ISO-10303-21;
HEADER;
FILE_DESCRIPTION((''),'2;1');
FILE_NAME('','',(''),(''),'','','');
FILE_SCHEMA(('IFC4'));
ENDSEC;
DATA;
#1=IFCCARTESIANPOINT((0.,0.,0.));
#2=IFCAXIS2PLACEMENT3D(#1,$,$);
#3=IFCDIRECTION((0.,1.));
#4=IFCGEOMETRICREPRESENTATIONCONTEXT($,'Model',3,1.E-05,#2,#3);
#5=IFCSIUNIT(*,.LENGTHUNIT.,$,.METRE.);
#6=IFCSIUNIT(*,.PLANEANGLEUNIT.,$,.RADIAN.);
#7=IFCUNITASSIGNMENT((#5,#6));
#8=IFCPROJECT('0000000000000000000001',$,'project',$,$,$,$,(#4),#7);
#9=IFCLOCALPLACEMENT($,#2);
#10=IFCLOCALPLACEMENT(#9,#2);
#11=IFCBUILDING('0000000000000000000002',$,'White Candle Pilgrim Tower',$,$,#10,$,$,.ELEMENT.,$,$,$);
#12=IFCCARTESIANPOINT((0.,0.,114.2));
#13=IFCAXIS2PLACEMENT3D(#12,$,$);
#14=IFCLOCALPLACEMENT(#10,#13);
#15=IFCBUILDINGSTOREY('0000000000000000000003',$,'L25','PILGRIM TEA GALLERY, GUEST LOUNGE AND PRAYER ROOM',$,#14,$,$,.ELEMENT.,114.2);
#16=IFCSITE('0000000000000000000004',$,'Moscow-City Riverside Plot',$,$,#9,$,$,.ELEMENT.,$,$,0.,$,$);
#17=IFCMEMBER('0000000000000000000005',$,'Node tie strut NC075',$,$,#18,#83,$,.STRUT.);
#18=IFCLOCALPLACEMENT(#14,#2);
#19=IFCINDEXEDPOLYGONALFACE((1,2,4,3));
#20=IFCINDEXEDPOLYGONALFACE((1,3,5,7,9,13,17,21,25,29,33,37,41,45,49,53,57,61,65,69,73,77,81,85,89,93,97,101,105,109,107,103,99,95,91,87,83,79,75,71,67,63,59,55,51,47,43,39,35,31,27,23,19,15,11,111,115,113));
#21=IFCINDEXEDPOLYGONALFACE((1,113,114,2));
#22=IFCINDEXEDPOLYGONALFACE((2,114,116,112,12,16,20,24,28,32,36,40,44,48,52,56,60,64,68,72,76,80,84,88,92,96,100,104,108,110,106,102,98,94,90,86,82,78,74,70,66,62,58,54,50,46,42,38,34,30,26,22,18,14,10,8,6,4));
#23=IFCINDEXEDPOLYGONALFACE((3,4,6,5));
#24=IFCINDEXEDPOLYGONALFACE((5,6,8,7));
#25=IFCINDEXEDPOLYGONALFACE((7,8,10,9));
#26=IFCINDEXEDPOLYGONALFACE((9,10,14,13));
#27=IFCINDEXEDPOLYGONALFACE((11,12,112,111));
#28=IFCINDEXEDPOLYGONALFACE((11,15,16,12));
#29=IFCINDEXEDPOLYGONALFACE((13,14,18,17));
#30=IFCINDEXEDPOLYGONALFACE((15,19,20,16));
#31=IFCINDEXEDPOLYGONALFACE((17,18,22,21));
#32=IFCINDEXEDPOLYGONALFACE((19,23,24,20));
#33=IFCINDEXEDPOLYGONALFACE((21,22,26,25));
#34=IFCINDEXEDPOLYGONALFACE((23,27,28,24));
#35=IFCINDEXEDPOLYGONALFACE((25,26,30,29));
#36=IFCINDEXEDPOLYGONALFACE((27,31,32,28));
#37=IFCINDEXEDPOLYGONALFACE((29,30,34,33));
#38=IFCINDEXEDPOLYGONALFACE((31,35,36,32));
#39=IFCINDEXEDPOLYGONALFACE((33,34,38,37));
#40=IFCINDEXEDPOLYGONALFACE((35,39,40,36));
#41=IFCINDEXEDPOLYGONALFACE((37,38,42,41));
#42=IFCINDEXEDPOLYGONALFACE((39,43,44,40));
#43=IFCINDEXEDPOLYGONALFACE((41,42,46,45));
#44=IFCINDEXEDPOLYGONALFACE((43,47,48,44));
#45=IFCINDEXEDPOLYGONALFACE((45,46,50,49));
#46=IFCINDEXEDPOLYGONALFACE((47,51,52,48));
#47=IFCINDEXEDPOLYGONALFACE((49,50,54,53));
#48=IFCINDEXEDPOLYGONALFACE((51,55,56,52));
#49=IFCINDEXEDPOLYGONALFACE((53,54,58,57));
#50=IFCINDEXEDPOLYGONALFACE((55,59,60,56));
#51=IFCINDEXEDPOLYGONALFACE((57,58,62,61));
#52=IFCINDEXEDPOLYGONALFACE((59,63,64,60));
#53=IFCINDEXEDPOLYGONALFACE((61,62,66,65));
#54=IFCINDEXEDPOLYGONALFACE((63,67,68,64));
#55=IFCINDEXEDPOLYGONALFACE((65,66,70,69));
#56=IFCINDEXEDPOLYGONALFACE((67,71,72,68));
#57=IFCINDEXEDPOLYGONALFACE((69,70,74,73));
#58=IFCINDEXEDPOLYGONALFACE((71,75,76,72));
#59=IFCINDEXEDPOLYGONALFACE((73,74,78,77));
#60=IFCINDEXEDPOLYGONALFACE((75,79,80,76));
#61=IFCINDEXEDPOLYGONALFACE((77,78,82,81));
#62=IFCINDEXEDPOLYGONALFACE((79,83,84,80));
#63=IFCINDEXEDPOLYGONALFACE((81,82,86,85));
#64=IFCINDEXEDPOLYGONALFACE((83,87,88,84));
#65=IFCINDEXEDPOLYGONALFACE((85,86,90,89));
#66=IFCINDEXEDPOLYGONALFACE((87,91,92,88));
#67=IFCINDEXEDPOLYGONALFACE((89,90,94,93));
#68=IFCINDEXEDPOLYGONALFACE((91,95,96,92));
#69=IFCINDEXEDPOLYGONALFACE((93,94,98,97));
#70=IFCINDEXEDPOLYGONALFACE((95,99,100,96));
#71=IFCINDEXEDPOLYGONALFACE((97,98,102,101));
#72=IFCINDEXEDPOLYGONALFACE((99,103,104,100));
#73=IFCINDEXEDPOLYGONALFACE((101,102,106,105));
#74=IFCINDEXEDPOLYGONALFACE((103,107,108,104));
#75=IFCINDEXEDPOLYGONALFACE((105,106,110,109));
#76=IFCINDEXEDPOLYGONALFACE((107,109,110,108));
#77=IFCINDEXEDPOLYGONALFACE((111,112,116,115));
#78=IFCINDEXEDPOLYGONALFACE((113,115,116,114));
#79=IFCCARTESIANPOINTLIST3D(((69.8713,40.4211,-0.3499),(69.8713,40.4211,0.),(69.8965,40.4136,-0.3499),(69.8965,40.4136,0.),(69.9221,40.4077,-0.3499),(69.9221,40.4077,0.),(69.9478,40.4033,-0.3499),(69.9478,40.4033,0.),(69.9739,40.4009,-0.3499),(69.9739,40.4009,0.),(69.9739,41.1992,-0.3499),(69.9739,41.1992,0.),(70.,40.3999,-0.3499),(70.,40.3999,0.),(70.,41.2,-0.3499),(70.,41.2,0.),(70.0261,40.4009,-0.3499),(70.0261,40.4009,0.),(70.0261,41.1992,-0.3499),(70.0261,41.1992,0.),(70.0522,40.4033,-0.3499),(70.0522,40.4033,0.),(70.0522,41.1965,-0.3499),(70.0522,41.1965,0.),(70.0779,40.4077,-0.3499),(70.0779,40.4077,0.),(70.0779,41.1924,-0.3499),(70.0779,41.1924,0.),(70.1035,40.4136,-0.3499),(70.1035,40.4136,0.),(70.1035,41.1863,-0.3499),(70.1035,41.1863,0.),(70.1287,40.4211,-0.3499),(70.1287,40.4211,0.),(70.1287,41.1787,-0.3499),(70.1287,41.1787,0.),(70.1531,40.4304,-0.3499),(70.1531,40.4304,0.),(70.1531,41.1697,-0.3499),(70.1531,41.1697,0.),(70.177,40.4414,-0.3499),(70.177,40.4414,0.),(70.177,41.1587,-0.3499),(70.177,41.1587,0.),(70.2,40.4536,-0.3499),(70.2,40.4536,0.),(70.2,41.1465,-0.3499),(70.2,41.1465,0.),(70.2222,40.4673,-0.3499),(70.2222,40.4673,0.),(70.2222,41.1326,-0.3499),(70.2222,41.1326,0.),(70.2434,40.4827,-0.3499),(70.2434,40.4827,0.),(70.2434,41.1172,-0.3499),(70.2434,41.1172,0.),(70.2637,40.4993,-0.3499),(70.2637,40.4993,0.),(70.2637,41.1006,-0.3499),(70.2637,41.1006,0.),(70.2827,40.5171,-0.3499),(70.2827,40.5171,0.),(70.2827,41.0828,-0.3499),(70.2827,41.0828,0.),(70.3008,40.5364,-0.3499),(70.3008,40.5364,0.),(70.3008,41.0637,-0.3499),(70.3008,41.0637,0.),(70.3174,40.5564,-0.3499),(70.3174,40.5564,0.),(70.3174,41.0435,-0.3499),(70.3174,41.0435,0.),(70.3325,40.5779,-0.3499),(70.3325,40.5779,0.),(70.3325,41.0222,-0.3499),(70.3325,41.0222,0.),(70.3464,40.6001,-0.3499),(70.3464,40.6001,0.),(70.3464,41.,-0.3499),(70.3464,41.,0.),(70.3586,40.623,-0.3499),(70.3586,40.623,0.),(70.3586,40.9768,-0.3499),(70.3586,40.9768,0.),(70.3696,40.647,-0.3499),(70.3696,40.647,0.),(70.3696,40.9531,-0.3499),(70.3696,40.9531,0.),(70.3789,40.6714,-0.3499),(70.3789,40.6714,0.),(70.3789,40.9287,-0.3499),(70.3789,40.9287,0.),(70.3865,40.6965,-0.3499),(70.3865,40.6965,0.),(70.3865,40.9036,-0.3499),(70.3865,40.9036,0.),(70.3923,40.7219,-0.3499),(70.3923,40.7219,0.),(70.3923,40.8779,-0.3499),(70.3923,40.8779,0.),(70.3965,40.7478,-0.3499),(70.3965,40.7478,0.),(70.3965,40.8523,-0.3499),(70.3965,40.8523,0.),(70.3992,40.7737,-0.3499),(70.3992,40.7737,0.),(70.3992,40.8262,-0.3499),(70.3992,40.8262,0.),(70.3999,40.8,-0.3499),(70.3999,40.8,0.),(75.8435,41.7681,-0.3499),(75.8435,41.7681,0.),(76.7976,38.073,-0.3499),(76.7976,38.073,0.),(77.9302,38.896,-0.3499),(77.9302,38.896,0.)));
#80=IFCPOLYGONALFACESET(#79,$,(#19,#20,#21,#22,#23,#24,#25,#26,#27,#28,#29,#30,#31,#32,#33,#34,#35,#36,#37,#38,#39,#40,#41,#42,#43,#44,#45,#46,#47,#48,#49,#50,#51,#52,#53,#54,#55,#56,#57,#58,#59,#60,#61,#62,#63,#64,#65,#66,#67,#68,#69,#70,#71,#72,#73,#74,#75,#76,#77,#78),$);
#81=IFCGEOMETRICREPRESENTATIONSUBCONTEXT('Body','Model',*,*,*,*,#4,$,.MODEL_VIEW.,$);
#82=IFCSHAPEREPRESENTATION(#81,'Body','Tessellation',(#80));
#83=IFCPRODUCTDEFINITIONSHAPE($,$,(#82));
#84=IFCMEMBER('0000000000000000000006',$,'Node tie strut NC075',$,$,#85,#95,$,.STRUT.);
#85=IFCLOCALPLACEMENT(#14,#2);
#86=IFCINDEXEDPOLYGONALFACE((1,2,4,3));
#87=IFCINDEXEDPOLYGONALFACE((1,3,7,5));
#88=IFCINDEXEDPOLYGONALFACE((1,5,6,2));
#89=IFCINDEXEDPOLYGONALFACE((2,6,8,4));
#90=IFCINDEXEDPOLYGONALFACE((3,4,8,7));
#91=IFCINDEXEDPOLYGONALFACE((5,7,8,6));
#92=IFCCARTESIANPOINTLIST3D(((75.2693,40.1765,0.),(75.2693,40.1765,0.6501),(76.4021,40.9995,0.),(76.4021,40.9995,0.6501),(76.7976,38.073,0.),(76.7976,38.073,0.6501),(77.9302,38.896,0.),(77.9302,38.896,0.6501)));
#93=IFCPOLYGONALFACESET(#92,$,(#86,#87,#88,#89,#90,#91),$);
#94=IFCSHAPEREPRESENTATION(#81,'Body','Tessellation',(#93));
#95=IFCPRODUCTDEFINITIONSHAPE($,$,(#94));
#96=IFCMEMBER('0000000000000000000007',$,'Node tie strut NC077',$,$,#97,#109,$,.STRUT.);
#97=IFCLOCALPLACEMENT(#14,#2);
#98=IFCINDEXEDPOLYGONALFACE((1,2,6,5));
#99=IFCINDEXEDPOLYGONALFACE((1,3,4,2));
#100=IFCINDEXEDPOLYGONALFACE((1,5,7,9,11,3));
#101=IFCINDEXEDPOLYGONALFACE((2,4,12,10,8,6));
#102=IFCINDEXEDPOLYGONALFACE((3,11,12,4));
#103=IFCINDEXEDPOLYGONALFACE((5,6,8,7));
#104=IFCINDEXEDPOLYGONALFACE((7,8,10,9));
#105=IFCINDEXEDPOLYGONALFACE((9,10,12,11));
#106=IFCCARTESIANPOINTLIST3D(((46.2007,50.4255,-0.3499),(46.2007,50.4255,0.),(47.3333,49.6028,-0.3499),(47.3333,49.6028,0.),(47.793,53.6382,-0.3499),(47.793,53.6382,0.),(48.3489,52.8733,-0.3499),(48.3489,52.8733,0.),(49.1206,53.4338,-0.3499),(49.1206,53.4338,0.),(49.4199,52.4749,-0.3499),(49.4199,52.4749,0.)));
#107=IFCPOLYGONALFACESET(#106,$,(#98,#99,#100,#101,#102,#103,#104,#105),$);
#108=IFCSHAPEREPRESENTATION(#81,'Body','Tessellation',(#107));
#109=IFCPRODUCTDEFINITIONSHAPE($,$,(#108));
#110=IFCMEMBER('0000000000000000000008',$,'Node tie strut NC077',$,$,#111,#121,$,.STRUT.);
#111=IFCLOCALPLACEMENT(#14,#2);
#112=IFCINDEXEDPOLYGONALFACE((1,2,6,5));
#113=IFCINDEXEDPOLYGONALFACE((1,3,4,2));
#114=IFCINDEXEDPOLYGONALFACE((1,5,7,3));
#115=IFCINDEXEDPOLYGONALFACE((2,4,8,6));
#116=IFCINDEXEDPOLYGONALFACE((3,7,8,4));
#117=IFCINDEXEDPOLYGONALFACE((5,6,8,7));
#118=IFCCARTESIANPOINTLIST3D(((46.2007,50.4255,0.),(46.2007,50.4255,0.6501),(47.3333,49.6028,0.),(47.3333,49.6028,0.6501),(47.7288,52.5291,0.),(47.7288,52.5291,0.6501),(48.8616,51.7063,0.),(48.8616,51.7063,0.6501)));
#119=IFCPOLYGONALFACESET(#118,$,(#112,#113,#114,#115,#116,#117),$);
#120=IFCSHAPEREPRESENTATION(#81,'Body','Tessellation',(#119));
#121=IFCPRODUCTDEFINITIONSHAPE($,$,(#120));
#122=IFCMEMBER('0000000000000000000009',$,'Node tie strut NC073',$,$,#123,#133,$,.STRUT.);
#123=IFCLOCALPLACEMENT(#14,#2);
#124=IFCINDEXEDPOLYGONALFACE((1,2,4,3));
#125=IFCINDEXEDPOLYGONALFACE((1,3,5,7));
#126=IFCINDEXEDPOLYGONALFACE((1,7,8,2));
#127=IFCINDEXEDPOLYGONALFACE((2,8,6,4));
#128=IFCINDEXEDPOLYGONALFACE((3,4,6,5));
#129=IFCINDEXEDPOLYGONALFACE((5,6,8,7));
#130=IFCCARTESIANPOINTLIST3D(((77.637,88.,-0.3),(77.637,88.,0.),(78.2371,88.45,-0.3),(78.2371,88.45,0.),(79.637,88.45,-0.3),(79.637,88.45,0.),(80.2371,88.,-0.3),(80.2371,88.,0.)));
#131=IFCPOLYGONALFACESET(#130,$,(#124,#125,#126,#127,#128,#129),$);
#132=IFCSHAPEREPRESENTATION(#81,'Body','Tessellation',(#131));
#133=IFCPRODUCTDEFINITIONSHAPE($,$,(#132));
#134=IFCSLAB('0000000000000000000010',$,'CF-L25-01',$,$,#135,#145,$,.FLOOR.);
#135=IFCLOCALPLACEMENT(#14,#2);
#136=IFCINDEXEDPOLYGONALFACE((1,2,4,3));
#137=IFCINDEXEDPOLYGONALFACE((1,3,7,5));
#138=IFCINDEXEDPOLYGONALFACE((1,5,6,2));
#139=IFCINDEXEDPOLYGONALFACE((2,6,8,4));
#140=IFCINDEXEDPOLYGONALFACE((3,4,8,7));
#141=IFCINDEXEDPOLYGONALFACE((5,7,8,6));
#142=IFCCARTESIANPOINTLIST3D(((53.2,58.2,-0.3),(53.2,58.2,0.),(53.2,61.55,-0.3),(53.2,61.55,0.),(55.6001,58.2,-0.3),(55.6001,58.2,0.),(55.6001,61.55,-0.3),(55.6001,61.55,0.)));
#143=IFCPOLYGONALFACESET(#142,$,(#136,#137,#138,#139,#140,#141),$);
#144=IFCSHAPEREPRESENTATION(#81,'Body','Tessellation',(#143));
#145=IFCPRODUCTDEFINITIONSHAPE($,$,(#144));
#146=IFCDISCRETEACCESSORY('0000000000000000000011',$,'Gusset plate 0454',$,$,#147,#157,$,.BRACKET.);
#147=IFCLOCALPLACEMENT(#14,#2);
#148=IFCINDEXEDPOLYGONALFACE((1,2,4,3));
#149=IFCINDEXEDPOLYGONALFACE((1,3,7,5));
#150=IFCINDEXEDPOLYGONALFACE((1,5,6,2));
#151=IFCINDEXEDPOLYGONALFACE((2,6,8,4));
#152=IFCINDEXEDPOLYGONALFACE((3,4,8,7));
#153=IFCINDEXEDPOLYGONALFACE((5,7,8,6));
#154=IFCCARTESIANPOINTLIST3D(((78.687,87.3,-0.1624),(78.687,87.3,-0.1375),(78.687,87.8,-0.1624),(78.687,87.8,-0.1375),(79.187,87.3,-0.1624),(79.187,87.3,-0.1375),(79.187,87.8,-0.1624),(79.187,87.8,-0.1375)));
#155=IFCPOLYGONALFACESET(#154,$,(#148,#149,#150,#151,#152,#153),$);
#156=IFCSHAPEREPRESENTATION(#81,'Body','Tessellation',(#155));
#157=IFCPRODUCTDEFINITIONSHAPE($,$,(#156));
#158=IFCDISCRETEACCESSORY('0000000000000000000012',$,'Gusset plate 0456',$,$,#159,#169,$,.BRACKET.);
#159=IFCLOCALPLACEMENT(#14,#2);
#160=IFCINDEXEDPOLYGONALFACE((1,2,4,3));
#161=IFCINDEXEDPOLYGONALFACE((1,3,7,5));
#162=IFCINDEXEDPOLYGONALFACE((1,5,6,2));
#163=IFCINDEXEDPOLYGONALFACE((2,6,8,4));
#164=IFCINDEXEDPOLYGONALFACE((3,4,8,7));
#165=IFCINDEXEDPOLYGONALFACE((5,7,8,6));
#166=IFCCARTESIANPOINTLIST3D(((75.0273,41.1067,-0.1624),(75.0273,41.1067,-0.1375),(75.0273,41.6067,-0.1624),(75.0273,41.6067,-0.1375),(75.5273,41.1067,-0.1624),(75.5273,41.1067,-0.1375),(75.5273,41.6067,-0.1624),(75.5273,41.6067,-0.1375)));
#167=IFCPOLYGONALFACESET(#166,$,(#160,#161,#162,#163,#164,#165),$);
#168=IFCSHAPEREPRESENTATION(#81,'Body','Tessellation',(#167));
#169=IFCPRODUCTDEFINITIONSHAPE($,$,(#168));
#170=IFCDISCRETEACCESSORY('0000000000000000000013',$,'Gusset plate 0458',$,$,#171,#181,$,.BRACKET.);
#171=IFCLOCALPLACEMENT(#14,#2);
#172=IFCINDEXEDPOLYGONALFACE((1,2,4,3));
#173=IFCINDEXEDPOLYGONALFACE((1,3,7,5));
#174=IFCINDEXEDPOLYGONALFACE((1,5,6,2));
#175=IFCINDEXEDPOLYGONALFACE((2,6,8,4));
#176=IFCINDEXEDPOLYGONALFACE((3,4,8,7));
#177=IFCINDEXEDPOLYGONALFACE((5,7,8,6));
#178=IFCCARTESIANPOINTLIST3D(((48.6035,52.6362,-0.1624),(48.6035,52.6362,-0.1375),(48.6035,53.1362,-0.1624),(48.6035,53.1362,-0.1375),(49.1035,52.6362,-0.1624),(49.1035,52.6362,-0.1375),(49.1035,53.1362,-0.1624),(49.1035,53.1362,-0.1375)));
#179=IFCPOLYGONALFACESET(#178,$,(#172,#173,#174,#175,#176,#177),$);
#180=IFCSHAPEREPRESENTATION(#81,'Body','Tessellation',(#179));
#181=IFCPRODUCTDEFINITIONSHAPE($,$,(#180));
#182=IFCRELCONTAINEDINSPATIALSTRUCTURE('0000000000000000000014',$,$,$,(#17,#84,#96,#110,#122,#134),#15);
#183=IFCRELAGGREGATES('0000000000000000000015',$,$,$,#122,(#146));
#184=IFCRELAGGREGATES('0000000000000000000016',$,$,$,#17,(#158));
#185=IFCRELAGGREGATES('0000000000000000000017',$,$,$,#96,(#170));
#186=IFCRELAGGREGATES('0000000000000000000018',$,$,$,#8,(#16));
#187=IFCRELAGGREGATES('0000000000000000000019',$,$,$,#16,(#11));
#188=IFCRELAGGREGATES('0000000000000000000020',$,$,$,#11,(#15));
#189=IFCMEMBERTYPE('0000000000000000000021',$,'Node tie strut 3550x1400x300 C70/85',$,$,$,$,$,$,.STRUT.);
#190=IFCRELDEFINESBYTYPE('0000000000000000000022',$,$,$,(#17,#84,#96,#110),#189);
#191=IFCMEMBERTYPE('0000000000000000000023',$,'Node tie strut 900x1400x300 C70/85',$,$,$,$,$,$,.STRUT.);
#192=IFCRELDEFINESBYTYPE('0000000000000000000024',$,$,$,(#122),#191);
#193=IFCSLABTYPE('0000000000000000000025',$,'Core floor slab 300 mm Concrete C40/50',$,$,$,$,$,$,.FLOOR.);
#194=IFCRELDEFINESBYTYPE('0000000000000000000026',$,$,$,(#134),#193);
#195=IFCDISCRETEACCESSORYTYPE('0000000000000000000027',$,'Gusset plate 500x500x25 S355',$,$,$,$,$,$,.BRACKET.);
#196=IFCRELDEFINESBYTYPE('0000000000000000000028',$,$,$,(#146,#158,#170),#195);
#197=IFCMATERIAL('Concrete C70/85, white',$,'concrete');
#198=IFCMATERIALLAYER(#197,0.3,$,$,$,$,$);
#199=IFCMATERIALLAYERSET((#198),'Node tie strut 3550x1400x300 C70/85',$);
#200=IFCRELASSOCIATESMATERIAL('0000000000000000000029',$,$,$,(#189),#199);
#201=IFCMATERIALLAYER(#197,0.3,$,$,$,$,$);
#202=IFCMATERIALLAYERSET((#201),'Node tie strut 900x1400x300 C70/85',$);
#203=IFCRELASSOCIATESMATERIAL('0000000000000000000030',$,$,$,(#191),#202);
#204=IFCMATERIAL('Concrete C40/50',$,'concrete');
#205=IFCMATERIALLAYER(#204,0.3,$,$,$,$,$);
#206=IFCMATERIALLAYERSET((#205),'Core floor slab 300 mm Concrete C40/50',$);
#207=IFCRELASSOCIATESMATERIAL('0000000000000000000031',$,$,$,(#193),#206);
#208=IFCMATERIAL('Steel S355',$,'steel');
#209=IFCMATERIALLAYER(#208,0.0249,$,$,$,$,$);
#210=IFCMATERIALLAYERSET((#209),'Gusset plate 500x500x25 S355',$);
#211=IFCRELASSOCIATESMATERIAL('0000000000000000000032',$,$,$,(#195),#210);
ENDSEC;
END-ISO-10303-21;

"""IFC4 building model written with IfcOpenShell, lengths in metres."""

from ifc_helpers import new_model, si_unit, direction, frame, origin, origin_2d, place, context, subcontext, project, spatial, polyline, rectangle, outline, extrude, material, layer, layer_set, type_object, element, aggregate, save


model = new_model("IFC4")

# Units and contexts
model_context = context("Model", 3, precision=1e-05, world=origin(), true_north=direction((0.0, 1.0)))
body_context = subcontext(model_context, "Body", "Model", "MODEL_VIEW")
ifc_project = project(units=[si_unit("LENGTHUNIT", "METRE"), si_unit("PLANEANGLEUNIT", "RADIAN")], contexts=[model_context])

# Site, building, storey
site_placement = place(None, origin())
site = spatial("IfcSite", under=ifc_project, at=site_placement, Name="Moscow-City Riverside Plot", CompositionType="ELEMENT", RefElevation=0.0)
building_placement = place(site_placement, origin())
building = spatial("IfcBuilding", under=site, at=building_placement, Name="White Candle Pilgrim Tower", CompositionType="ELEMENT")
storey_placement = place(building_placement, frame((0.0, 0.0, 114.2)))
storey = spatial("IfcBuildingStorey", under=building, at=storey_placement, Name="L25", Description="PILGRIM TEA GALLERY, GUEST LOUNGE AND PRAYER ROOM", CompositionType="ELEMENT", Elevation=114.2)

# Members
ifc_material_1 = material(Name="Concrete C70/85, white", Category="concrete")
ifc_layer_1 = layer(ifc_material_1, 0.3)
ifc_layer_set_1 = layer_set([ifc_layer_1], Name="Node tie strut 3550x1400x300 C70/85")
member_type_1 = type_object("IfcMemberType", Name="Node tie strut 3550x1400x300 C70/85", PredefinedType="STRUT", material=ifc_layer_set_1)
member_1_placement = place(storey_placement, frame((0.0, 0.0, -0.3499)))
member_1 = element("IfcMember", 1, at=member_1_placement, inside=storey, type_object=member_type_1, Name="Node tie strut NC075", PredefinedType="STRUT", context=body_context, shape_type="SweptSolid", body=[
    extrude(outline(polyline([(76.7976, 38.073), (77.9302, 38.896), (75.8435, 41.7681), (69.9739, 41.1992), (70.0, 41.2), (70.0261, 41.1992), (70.0522, 41.1965), (70.0779, 41.1924), (70.1035, 41.1863), (70.1287, 41.1787), (70.1531, 41.1697), (70.177, 41.1587), (70.2, 41.1465), (70.2222, 41.1326), (70.2434, 41.1172), (70.2637, 41.1006), (70.2827, 41.0828), (70.3008, 41.0637), (70.3174, 41.0435), (70.3325, 41.0222), (70.3464, 41.0), (70.3586, 40.9768), (70.3696, 40.9531), (70.3789, 40.9287), (70.3865, 40.9036), (70.3923, 40.8779), (70.3965, 40.8523), (70.3992, 40.8262), (70.3999, 40.8), (70.3992, 40.7737), (70.3965, 40.7478), (70.3923, 40.7219), (70.3865, 40.6965), (70.3789, 40.6714), (70.3696, 40.647), (70.3586, 40.623), (70.3464, 40.6001), (70.3325, 40.5779), (70.3174, 40.5564), (70.3008, 40.5364), (70.2827, 40.5171), (70.2637, 40.4993), (70.2434, 40.4827), (70.2222, 40.4673), (70.2, 40.4536), (70.177, 40.4414), (70.1531, 40.4304), (70.1287, 40.4211), (70.1035, 40.4136), (70.0779, 40.4077), (70.0522, 40.4033), (70.0261, 40.4009), (70.0, 40.3999), (69.9739, 40.4009), (69.9478, 40.4033), (69.9221, 40.4077), (69.8965, 40.4136), (69.8713, 40.4211), (76.7976, 38.073)])), origin(), (0.0, 0.0, 1.0), 0.3499),
])
member_2_placement = place(storey_placement, origin())
element("IfcMember", 2, at=member_2_placement, inside=storey, type_object=member_type_1, Name="Node tie strut NC075", PredefinedType="STRUT", context=body_context, shape_type="SweptSolid", body=[
    extrude(outline(polyline([(76.7976, 38.073), (77.9302, 38.896), (76.4021, 40.9995), (75.2693, 40.1765), (76.7976, 38.073)])), origin(), (0.0, 0.0, 1.0), 0.6501),
])
member_3_placement = place(storey_placement, frame((0.0, 0.0, -0.3499)))
member_3 = element("IfcMember", 3, at=member_3_placement, inside=storey, type_object=member_type_1, Name="Node tie strut NC077", PredefinedType="STRUT", context=body_context, shape_type="SweptSolid", body=[
    extrude(outline(polyline([(47.3333, 49.6028), (49.4199, 52.4749), (49.1206, 53.4338), (48.3489, 52.8733), (47.793, 53.6382), (46.2007, 50.4255), (47.3333, 49.6028)])), origin(), (0.0, 0.0, 1.0), 0.3499),
])
member_4_placement = place(storey_placement, origin())
element("IfcMember", 4, at=member_4_placement, inside=storey, type_object=member_type_1, Name="Node tie strut NC077", PredefinedType="STRUT", context=body_context, shape_type="SweptSolid", body=[
    extrude(outline(polyline([(47.3333, 49.6028), (48.8616, 51.7063), (47.7288, 52.5291), (46.2007, 50.4255), (47.3333, 49.6028)])), origin(), (0.0, 0.0, 1.0), 0.6501),
])
ifc_layer_2 = layer(ifc_material_1, 0.3)
ifc_layer_set_2 = layer_set([ifc_layer_2], Name="Node tie strut 900x1400x300 C70/85")
member_type_2 = type_object("IfcMemberType", Name="Node tie strut 900x1400x300 C70/85", PredefinedType="STRUT", material=ifc_layer_set_2)
member_5_placement = place(storey_placement, frame((0.0, 0.0, -0.3)))
member_5 = element("IfcMember", 5, at=member_5_placement, inside=storey, type_object=member_type_2, Name="Node tie strut NC073", PredefinedType="STRUT", context=body_context, shape_type="SweptSolid", body=[
    extrude(outline(polyline([(77.637, 88.0), (80.2371, 88.0), (79.637, 88.45), (78.2371, 88.45), (77.637, 88.0)])), origin(), (0.0, 0.0, 1.0), 0.3),
])

# Slab
ifc_material_2 = material(Name="Concrete C40/50", Category="concrete")
ifc_layer_3 = layer(ifc_material_2, 0.3)
ifc_layer_set_3 = layer_set([ifc_layer_3], Name="Core floor slab 300 mm Concrete C40/50")
slab_type_1 = type_object("IfcSlabType", Name="Core floor slab 300 mm Concrete C40/50", PredefinedType="FLOOR", material=ifc_layer_set_3)
slab_1_placement = place(storey_placement, frame((0.0, 0.0, -0.3)))
element("IfcSlab", 6, at=slab_1_placement, inside=storey, type_object=slab_type_1, Name="CF-L25-01", PredefinedType="FLOOR", context=body_context, shape_type="SweptSolid", body=[
    extrude(outline(polyline([(55.6001, 58.2), (53.2, 58.2), (53.2, 61.55), (55.6001, 61.55), (55.6001, 58.2)])), origin(), (0.0, 0.0, 1.0), 0.3),
])

# Discrete accessories
ifc_material_3 = material(Name="Steel S355", Category="steel")
ifc_layer_4 = layer(ifc_material_3, 0.0249)
ifc_layer_set_4 = layer_set([ifc_layer_4], Name="Gusset plate 500x500x25 S355")
discrete_accessory_type = type_object("IfcDiscreteAccessoryType", Name="Gusset plate 500x500x25 S355", PredefinedType="BRACKET", material=ifc_layer_set_4)
discrete_accessory_1_placement = place(storey_placement, frame((78.937, 87.55, -0.1624), z_axis=(0.0, 0.0, 1.0), x_axis=(1.0, 0.0, 0.0)))
discrete_accessory_1 = element("IfcDiscreteAccessory", 7, at=discrete_accessory_1_placement, type_object=discrete_accessory_type, Name="Gusset plate 0454", PredefinedType="BRACKET", context=body_context, shape_type="SweptSolid", body=[
    extrude(rectangle(XDim=0.5, YDim=0.5, at=origin_2d()), origin(), (0.0, 0.0, 1.0), 0.0249),
])
aggregate(member_5, [discrete_accessory_1])
discrete_accessory_2_placement = place(storey_placement, frame((75.2773, 41.3567, -0.1624), z_axis=(0.0, 0.0, 1.0), x_axis=(1.0, 0.0, 0.0)))
discrete_accessory_2 = element("IfcDiscreteAccessory", 8, at=discrete_accessory_2_placement, type_object=discrete_accessory_type, Name="Gusset plate 0456", PredefinedType="BRACKET", context=body_context, shape_type="SweptSolid", body=[
    extrude(rectangle(XDim=0.5, YDim=0.5, at=origin_2d()), origin(), (0.0, 0.0, 1.0), 0.0249),
])
aggregate(member_1, [discrete_accessory_2])
discrete_accessory_3_placement = place(storey_placement, frame((48.8535, 52.8862, -0.1624), z_axis=(0.0, 0.0, 1.0), x_axis=(1.0, 0.0, 0.0)))
discrete_accessory_3 = element("IfcDiscreteAccessory", 9, at=discrete_accessory_3_placement, type_object=discrete_accessory_type, Name="Gusset plate 0458", PredefinedType="BRACKET", context=body_context, shape_type="SweptSolid", body=[
    extrude(rectangle(XDim=0.5, YDim=0.5, at=origin_2d()), origin(), (0.0, 0.0, 1.0), 0.0249),
])
aggregate(member_3, [discrete_accessory_3])

save(model, "model.ifc")
